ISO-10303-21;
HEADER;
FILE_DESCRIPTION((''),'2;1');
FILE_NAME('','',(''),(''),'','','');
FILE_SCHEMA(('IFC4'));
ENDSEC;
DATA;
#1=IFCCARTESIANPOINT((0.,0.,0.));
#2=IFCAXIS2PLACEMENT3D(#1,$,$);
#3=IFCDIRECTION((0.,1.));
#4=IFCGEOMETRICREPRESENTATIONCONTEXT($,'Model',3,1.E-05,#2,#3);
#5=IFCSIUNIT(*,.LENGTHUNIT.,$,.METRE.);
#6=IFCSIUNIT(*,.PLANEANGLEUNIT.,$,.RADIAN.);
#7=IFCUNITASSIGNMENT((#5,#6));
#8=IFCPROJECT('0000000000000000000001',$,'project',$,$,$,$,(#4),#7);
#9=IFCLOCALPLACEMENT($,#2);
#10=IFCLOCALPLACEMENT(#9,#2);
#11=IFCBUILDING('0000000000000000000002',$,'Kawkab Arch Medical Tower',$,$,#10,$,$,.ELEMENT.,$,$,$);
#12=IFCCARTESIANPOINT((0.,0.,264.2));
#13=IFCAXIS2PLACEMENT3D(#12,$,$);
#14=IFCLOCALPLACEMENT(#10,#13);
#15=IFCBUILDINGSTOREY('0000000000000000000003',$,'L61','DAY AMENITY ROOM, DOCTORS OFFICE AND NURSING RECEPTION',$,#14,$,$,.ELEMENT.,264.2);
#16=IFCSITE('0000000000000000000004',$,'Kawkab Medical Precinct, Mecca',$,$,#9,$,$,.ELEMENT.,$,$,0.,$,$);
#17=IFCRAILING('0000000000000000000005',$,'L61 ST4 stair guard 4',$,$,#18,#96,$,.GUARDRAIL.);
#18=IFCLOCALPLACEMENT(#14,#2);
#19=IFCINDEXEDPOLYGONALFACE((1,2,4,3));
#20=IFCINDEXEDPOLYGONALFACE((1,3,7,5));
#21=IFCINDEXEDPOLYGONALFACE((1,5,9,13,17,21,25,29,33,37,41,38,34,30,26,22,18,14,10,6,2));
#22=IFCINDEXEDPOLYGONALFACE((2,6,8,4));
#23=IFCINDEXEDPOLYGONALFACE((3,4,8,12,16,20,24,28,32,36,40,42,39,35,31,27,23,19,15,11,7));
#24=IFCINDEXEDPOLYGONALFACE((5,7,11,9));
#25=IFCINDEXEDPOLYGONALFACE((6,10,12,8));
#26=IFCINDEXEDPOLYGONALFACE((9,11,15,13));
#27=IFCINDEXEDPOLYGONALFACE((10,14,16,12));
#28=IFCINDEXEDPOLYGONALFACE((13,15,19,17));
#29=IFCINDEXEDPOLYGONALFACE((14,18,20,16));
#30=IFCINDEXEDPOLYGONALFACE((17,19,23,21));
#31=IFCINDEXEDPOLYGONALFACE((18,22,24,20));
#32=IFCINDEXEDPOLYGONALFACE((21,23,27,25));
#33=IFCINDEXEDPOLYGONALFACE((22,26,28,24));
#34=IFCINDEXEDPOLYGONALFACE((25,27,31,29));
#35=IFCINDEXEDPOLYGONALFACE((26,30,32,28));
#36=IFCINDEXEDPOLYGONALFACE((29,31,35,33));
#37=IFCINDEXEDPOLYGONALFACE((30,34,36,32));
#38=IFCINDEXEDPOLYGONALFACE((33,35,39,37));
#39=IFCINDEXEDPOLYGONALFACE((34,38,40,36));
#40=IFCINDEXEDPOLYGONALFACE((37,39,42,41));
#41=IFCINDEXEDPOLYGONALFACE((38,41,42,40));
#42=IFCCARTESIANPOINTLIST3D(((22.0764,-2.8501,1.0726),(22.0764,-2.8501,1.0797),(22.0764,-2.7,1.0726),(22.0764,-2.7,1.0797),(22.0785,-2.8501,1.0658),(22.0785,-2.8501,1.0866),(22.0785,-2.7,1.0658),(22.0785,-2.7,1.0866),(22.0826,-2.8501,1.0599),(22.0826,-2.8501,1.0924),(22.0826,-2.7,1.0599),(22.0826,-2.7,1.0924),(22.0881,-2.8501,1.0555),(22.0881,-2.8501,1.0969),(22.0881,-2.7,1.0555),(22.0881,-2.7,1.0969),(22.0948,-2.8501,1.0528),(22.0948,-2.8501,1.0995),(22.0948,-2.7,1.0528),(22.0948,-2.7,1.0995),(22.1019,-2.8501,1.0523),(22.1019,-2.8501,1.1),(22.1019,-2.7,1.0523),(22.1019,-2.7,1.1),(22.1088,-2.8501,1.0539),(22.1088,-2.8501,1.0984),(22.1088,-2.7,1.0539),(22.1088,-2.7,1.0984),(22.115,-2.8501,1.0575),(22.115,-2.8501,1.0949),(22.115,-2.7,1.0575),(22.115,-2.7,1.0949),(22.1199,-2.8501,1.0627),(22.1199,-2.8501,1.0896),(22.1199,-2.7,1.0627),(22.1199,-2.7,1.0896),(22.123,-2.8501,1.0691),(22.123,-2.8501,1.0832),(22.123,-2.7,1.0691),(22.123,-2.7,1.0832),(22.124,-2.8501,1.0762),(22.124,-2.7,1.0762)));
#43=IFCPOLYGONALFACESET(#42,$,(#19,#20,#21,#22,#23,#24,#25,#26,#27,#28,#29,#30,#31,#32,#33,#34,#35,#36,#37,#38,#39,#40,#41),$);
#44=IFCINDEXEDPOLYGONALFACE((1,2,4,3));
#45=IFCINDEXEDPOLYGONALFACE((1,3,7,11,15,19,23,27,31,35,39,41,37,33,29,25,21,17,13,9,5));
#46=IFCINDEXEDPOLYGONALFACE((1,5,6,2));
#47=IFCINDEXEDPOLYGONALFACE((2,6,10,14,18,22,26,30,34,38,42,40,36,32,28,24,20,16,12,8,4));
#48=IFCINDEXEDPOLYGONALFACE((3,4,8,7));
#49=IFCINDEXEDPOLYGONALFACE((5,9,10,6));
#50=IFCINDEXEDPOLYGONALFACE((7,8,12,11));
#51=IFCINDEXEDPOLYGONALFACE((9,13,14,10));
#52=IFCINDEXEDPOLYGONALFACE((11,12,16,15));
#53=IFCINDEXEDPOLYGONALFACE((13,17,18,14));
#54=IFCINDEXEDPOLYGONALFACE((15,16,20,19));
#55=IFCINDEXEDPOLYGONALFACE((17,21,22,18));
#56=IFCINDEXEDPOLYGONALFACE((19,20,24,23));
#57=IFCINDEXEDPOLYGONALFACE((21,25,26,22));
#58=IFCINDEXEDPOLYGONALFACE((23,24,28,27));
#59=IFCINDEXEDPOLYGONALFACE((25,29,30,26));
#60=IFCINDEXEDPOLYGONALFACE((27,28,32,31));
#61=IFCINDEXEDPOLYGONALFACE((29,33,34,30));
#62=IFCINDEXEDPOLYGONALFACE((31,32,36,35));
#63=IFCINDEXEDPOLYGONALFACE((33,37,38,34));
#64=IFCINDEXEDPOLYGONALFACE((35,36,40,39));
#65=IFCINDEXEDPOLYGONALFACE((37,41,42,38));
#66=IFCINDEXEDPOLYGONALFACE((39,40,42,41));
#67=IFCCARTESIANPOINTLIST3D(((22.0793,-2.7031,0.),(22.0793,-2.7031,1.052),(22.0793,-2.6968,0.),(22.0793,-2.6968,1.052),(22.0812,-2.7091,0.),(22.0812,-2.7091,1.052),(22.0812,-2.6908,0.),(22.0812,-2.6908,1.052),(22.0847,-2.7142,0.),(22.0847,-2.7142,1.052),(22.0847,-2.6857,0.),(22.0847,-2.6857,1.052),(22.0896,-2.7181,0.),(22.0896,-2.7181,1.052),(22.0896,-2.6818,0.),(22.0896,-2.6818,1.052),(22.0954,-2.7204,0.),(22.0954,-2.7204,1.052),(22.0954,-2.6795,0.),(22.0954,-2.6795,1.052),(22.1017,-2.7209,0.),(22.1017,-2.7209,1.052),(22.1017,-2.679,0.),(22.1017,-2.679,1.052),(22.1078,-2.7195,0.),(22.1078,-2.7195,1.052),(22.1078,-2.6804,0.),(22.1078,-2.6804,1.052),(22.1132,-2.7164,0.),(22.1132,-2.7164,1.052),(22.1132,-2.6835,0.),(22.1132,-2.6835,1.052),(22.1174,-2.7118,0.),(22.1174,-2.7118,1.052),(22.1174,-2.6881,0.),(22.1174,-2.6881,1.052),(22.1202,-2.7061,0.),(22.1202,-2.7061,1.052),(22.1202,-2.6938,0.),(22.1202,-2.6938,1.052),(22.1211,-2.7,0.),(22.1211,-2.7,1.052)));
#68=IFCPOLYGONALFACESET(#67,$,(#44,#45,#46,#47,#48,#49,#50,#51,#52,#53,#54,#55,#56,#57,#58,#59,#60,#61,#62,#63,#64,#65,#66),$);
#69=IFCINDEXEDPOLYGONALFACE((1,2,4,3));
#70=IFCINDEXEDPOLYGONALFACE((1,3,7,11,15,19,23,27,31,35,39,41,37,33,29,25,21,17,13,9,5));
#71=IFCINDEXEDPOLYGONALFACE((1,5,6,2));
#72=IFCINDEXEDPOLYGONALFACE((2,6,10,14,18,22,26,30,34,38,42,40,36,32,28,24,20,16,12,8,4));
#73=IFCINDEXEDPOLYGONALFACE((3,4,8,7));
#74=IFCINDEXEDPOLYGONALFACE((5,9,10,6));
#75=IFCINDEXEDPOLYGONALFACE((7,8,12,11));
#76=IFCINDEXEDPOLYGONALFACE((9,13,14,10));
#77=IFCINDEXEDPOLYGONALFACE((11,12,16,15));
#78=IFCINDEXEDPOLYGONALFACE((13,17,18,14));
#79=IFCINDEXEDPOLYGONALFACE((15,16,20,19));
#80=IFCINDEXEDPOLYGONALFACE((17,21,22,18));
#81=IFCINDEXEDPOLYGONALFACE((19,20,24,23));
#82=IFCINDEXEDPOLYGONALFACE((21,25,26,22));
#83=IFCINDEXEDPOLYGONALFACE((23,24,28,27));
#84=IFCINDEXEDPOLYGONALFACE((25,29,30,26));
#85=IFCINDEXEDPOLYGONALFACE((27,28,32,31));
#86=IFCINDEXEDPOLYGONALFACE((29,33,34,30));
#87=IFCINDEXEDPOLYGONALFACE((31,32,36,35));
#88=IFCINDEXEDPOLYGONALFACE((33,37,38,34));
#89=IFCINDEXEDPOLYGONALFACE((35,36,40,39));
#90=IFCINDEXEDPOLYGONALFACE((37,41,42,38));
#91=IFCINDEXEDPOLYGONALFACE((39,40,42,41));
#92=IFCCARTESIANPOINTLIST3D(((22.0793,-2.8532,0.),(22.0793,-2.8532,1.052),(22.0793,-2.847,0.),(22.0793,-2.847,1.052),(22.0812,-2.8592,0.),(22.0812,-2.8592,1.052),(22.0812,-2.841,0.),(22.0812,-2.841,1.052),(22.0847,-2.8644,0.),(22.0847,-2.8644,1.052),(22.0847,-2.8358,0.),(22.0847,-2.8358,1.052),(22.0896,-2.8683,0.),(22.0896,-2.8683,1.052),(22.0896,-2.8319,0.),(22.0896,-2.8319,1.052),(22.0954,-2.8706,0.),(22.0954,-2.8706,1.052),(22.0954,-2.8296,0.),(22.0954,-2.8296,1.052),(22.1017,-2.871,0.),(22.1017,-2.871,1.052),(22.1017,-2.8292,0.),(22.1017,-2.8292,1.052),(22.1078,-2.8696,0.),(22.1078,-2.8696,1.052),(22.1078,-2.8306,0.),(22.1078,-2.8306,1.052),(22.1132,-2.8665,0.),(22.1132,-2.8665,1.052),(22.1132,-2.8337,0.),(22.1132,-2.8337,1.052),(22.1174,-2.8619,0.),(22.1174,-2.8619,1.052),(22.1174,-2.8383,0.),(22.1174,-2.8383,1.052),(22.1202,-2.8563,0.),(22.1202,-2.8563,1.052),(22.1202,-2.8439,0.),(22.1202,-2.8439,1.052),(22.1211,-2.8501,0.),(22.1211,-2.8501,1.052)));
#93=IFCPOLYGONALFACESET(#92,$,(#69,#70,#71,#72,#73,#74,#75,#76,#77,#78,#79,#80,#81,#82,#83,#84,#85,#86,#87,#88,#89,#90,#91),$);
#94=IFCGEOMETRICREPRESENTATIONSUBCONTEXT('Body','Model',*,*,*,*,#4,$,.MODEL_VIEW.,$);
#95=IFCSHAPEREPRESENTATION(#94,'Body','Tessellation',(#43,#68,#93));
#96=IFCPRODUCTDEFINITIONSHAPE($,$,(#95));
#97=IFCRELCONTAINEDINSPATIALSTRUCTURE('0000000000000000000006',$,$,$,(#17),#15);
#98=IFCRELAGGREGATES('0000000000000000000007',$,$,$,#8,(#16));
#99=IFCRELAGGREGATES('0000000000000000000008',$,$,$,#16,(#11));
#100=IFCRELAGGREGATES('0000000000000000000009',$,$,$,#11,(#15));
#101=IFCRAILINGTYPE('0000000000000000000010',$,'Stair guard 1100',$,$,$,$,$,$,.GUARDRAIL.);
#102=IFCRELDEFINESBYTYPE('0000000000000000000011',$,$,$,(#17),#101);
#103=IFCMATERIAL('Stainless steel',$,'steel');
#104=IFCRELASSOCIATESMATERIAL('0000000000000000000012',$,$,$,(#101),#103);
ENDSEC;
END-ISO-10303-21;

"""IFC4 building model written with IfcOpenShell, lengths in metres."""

from ifc_helpers import new_model, si_unit, direction, frame, origin, origin_2d, place, context, subcontext, project, spatial, circle, extrude, material, type_object, element, save


model = new_model("IFC4")

# Units and contexts
model_context = context("Model", 3, precision=1e-05, world=origin(), true_north=direction((0.0, 1.0)))
body_context = subcontext(model_context, "Body", "Model", "MODEL_VIEW")
ifc_project = project(units=[si_unit("LENGTHUNIT", "METRE"), si_unit("PLANEANGLEUNIT", "RADIAN")], contexts=[model_context])

# Site, building, storey
site_placement = place(None, origin())
site = spatial("IfcSite", under=ifc_project, at=site_placement, Name="Kawkab Medical Precinct, Mecca", CompositionType="ELEMENT", RefElevation=0.0)
building_placement = place(site_placement, origin())
building = spatial("IfcBuilding", under=site, at=building_placement, Name="Kawkab Arch Medical Tower", CompositionType="ELEMENT")
storey_placement = place(building_placement, frame((0.0, 0.0, 264.2)))
storey = spatial("IfcBuildingStorey", under=building, at=storey_placement, Name="L61", Description="DAY AMENITY ROOM, DOCTORS OFFICE AND NURSING RECEPTION", CompositionType="ELEMENT", Elevation=264.2)

# Railing
ifc_material_1 = material(Name="Stainless steel", Category="steel")
railing_type = type_object("IfcRailingType", Name="Stair guard 1100", PredefinedType="GUARDRAIL", material=ifc_material_1)
railing_1_placement = place(storey_placement, frame((22.1001, -2.7, 0.0)))
element("IfcRailing", 1, at=railing_1_placement, inside=storey, type_object=railing_type, Name="L61 ST4 stair guard 4", PredefinedType="GUARDRAIL", context=body_context, shape_type="SweptSolid", body=[
    extrude(circle(Radius=0.0239, at=origin_2d()), frame((0.0, 0.0, 1.0762), z_axis=(0.0, -1.0, 0.0), x_axis=(1.0, 0.0, 0.0)), (0.0, 0.0, 1.0), 0.1501),
    extrude(circle(Radius=0.021, at=origin_2d()), origin(), (0.0, 0.0, 1.0), 1.052),
    extrude(circle(Radius=0.021, at=origin_2d()), frame((0.0, -0.1501, 0.0)), (0.0, 0.0, 1.0), 1.052),
])

save(model, "model.ifc")
